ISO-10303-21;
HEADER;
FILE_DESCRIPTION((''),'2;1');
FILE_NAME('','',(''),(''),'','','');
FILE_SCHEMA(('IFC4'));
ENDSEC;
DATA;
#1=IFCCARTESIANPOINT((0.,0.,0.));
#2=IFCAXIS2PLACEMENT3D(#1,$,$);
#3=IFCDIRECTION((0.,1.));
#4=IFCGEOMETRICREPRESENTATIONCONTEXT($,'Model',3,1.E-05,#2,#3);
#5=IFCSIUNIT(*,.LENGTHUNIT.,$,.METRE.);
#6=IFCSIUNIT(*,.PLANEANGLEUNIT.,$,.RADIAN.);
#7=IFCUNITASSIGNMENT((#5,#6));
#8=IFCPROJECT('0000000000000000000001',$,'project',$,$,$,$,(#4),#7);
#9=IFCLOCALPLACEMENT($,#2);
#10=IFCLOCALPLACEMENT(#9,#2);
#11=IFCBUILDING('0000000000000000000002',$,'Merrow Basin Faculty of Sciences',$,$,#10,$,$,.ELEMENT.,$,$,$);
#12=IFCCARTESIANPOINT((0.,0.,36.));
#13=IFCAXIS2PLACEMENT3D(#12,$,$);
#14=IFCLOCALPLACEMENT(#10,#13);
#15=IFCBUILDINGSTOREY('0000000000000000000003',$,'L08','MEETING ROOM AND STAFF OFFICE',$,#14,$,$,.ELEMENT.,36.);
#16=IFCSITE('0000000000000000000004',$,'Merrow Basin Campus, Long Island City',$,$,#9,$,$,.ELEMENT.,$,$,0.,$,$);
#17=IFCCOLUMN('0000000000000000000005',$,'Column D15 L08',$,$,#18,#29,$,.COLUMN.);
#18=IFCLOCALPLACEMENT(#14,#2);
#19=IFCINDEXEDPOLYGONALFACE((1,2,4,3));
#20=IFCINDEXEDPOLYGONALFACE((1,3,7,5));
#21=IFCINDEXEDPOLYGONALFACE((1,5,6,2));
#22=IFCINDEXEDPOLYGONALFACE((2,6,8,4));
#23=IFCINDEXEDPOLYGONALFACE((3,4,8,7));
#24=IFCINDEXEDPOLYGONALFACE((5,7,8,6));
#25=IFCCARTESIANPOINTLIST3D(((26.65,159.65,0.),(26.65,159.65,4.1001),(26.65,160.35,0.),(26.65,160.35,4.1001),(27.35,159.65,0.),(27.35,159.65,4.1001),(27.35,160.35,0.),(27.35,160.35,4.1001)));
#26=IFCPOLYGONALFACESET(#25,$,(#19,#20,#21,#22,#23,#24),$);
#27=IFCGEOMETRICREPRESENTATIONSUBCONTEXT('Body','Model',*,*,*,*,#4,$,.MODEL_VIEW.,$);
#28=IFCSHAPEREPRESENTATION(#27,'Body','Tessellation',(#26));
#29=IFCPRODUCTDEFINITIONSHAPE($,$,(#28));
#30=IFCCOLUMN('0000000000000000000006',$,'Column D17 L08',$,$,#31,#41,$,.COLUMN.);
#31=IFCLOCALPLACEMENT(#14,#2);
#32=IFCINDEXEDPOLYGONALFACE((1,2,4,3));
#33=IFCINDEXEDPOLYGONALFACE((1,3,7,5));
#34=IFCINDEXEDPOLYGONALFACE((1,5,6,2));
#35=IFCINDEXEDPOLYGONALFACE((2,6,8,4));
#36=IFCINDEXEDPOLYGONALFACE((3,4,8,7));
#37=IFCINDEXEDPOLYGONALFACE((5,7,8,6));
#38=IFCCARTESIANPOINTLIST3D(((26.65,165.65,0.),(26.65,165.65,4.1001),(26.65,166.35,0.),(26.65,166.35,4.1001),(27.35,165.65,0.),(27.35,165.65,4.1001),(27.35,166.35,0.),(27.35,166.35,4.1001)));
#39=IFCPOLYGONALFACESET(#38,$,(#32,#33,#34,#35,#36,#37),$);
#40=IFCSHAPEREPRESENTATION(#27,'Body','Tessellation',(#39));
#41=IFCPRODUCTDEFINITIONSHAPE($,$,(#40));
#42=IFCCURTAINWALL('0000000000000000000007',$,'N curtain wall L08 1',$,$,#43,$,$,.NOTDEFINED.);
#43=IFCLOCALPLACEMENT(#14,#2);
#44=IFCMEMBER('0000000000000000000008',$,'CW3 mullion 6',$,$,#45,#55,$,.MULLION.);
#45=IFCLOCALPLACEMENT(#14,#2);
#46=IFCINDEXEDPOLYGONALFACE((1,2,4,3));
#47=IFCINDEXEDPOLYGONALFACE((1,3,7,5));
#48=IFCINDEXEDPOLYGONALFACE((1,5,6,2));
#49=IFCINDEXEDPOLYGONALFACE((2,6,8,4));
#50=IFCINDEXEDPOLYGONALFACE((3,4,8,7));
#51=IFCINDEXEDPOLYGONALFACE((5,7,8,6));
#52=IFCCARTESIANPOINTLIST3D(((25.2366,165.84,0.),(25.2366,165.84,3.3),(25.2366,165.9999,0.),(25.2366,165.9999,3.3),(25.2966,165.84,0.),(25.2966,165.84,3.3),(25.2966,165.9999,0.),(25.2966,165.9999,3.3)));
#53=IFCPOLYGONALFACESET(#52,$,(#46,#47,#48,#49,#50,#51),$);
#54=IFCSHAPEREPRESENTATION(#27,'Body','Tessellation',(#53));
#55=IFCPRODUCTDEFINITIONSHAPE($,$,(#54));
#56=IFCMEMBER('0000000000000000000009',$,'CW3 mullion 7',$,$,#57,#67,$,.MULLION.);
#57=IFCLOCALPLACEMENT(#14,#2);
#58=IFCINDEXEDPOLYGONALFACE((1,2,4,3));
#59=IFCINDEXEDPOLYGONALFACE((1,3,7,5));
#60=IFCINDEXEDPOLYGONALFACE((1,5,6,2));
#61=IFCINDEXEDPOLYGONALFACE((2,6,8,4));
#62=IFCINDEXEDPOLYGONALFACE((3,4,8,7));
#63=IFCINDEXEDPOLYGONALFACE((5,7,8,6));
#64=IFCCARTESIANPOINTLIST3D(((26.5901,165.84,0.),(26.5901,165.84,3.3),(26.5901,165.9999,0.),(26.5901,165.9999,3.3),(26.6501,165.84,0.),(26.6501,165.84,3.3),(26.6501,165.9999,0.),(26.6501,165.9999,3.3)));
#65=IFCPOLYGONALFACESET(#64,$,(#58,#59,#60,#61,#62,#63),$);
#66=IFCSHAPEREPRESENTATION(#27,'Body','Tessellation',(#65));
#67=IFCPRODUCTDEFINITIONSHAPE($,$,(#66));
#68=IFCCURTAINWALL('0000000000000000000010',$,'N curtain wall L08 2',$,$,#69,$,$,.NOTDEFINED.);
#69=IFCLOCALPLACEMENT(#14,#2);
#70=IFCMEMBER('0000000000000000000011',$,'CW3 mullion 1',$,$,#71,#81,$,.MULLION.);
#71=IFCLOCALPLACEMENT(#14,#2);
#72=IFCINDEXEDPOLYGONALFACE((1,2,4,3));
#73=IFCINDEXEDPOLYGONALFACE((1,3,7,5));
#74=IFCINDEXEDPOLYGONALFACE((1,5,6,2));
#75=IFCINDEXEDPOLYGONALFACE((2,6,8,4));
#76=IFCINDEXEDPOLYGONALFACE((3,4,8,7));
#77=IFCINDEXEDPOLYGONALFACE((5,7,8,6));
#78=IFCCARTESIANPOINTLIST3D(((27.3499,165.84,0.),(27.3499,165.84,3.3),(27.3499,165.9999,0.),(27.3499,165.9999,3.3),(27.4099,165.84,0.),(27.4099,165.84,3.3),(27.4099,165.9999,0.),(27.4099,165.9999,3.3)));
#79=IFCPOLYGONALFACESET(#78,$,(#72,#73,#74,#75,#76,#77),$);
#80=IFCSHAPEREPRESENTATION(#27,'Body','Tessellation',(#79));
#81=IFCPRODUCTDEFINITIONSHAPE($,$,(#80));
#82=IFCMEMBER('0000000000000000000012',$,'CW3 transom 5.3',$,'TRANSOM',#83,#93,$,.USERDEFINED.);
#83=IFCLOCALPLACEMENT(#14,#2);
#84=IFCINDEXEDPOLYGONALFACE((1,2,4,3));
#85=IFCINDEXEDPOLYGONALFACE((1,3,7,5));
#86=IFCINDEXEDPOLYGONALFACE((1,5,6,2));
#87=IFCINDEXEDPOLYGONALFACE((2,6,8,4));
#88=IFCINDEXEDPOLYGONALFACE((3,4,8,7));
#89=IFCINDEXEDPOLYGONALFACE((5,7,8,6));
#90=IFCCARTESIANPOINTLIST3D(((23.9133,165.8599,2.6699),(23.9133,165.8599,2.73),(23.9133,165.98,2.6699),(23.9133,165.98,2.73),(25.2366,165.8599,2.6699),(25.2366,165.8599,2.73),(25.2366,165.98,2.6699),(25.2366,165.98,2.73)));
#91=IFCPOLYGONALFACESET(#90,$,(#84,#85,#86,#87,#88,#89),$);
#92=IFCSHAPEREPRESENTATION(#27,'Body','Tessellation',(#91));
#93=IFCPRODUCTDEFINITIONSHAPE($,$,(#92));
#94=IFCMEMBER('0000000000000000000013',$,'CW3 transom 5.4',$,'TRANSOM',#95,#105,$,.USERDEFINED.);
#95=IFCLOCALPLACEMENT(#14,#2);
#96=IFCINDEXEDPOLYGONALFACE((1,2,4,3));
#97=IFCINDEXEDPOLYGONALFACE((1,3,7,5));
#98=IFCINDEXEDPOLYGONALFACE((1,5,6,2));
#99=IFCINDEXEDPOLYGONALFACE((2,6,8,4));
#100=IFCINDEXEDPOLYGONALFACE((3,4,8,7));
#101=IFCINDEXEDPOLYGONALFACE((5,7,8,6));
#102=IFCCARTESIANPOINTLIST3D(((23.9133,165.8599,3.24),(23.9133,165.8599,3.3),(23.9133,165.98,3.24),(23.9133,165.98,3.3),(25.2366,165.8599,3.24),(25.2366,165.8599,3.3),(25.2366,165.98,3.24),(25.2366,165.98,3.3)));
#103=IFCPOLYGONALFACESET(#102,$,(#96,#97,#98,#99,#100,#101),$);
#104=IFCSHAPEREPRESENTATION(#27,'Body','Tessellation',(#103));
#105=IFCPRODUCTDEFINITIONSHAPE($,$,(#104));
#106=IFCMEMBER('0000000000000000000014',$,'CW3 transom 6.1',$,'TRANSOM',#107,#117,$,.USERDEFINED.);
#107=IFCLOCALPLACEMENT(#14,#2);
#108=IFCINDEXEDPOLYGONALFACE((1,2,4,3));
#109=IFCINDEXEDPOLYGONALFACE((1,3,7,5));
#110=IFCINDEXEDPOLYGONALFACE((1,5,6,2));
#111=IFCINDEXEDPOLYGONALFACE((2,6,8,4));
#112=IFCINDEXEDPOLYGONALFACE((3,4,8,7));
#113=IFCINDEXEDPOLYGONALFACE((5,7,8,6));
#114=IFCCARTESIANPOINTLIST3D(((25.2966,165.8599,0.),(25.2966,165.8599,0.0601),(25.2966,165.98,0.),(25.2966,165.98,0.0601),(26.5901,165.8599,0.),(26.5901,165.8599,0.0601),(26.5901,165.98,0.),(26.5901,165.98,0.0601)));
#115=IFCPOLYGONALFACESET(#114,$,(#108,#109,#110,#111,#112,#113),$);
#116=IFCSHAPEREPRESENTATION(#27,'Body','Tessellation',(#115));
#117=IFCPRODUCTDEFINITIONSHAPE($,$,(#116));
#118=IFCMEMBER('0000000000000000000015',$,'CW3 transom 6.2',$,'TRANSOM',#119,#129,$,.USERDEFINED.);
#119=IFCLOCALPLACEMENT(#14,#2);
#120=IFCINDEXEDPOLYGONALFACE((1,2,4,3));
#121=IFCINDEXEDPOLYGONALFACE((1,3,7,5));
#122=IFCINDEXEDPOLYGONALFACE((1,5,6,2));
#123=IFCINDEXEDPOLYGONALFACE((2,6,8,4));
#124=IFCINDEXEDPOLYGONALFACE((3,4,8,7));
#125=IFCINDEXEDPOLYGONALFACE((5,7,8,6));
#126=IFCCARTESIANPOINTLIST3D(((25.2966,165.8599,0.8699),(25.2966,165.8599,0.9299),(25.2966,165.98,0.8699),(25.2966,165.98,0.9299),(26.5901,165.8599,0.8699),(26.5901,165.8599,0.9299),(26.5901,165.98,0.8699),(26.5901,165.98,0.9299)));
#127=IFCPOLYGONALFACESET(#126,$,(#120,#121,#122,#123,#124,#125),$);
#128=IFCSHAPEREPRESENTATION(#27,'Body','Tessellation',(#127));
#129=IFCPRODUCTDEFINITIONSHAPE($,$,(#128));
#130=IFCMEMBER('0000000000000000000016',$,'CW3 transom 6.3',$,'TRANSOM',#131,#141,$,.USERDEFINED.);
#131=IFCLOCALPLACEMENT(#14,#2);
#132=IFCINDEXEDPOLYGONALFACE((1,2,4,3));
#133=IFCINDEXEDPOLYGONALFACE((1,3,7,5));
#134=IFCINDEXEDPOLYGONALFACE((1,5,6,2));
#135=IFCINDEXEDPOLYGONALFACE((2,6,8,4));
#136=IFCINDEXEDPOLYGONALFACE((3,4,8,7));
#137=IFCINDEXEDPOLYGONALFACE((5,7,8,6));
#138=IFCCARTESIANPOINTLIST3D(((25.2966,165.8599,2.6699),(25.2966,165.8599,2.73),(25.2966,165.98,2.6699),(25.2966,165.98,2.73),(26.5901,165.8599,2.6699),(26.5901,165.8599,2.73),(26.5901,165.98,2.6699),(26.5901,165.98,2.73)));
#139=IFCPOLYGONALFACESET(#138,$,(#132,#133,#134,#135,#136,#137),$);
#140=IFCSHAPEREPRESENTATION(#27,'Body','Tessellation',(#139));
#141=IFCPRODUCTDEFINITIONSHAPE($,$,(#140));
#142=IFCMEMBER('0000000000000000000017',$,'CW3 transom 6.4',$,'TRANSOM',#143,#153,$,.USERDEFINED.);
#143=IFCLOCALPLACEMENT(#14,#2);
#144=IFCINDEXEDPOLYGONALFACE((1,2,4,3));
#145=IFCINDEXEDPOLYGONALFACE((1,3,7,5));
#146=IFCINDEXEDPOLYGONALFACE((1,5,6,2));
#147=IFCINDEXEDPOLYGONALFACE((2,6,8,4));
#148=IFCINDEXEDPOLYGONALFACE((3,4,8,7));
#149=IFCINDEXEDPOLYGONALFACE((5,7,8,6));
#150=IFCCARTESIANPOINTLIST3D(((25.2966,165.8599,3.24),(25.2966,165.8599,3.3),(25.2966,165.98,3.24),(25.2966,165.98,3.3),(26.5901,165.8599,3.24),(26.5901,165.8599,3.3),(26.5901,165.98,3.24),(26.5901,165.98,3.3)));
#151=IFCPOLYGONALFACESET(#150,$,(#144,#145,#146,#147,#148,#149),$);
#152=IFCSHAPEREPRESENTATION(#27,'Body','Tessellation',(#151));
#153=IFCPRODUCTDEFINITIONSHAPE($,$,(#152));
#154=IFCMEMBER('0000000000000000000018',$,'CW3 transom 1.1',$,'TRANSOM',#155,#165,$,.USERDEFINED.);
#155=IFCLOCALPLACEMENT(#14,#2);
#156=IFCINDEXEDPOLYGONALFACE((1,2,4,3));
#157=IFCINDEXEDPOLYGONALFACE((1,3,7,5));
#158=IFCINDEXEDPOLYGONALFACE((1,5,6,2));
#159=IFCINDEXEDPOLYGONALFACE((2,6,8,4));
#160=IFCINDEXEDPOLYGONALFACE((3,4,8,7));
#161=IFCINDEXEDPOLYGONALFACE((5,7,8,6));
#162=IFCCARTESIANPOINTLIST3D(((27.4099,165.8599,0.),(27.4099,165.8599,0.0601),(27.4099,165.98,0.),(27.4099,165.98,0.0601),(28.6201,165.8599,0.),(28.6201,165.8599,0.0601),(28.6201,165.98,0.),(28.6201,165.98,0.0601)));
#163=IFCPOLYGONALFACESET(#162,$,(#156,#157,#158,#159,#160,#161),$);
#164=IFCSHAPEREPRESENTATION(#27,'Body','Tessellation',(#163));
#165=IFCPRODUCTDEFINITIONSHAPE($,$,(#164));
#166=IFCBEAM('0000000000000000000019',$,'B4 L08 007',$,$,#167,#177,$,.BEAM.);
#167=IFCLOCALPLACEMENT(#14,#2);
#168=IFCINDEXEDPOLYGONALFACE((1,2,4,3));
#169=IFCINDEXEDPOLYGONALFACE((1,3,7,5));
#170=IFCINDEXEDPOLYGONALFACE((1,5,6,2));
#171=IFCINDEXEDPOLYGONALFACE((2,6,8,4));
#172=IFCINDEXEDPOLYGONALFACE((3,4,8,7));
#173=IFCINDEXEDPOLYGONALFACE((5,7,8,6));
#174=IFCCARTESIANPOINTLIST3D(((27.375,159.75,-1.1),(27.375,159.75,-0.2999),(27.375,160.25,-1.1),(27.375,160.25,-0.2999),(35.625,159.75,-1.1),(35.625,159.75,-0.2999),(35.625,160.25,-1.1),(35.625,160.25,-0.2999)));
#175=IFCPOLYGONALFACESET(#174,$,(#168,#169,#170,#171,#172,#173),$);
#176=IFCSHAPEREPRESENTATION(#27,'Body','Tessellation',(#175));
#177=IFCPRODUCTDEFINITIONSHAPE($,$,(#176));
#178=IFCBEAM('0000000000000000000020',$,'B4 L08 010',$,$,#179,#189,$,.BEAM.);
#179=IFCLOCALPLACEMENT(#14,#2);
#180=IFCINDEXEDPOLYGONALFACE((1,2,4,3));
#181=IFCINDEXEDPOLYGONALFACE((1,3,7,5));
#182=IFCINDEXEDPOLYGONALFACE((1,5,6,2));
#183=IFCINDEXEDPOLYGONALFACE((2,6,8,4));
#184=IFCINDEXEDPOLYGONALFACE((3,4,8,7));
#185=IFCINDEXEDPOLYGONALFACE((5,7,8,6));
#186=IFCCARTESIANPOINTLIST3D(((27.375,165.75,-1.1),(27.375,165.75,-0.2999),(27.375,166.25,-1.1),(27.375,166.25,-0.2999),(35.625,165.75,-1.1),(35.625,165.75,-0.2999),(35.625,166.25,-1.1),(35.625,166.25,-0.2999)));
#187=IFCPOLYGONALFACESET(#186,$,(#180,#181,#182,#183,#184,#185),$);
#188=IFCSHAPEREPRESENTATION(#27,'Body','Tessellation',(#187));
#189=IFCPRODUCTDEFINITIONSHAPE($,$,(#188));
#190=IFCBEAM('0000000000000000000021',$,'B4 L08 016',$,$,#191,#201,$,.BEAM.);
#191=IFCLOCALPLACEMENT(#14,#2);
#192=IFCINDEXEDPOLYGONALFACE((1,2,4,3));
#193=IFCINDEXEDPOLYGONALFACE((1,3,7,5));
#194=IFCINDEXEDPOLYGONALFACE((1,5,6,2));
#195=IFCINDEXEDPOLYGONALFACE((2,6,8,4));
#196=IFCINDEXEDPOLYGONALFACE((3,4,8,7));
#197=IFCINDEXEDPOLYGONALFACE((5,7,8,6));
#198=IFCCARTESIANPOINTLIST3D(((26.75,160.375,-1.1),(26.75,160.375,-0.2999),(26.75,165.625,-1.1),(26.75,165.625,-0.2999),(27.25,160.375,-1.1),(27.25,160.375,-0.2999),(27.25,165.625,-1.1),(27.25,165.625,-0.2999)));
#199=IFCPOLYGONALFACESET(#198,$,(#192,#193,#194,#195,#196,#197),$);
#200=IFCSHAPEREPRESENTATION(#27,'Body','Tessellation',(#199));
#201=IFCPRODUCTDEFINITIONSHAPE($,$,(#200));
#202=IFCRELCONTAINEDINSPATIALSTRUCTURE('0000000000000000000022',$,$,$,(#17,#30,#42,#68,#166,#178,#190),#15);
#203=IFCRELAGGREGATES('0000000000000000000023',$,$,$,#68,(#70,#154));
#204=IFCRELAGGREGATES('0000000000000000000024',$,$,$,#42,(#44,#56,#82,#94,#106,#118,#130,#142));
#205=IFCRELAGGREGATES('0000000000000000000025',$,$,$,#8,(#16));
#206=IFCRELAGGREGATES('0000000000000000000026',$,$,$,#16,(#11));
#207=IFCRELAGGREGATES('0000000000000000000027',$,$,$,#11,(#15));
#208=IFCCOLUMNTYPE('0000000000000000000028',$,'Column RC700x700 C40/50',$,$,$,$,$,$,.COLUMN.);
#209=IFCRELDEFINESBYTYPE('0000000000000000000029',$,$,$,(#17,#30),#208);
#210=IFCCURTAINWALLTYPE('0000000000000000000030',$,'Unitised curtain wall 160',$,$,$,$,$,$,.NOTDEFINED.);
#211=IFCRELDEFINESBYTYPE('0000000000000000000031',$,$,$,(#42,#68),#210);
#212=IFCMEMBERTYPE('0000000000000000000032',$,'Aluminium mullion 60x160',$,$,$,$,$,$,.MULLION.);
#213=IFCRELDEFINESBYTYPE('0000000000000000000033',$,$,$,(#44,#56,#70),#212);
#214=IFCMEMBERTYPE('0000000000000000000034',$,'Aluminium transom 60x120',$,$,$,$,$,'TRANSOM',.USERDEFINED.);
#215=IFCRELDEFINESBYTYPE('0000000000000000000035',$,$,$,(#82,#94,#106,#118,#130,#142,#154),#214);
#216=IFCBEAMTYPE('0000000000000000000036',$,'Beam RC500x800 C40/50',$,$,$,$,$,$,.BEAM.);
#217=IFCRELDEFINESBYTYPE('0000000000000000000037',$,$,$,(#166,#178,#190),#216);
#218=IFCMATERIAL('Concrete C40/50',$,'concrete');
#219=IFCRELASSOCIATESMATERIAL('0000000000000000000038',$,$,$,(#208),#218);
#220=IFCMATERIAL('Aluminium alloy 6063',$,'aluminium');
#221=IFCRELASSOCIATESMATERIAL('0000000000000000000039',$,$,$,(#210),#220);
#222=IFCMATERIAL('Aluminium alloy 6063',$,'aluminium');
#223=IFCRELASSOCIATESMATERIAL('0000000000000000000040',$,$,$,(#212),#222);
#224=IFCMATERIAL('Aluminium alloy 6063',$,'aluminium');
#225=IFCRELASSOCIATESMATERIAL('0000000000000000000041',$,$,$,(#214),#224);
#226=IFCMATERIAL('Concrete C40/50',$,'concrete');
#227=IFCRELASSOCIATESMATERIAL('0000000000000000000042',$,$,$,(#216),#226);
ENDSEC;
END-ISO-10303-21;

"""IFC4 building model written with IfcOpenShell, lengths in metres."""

from ifc_helpers import new_model, si_unit, direction, frame, origin, origin_2d, place, context, subcontext, project, spatial, rectangle, extrude, material, material_profile, profile_set, type_object, element, aggregate, save


model = new_model("IFC4")

# Units and contexts
model_context = context("Model", 3, precision=1e-05, world=origin(), true_north=direction((0.0, 1.0)))
body_context = subcontext(model_context, "Body", "Model", "MODEL_VIEW")
ifc_project = project(units=[si_unit("LENGTHUNIT", "METRE"), si_unit("PLANEANGLEUNIT", "RADIAN")], contexts=[model_context])

# Site, building, storey
site_placement = place(None, origin())
site = spatial("IfcSite", under=ifc_project, at=site_placement, Name="Merrow Basin Campus, Long Island City", CompositionType="ELEMENT", RefElevation=0.0)
building_placement = place(site_placement, origin())
building = spatial("IfcBuilding", under=site, at=building_placement, Name="Merrow Basin Faculty of Sciences", CompositionType="ELEMENT")
storey_placement = place(building_placement, frame((0.0, 0.0, 36.0)))
storey = spatial("IfcBuildingStorey", under=building, at=storey_placement, Name="L08", Description="MEETING ROOM AND STAFF OFFICE", CompositionType="ELEMENT", Elevation=36.0)

# Columns
ifc_material_1 = material(Name="Concrete C40/50", Category="concrete")
ifc_material_profile_1 = material_profile(ifc_material_1, rectangle(XDim=0.7, YDim=0.7, at=origin_2d()))
ifc_profile_set_1 = profile_set([ifc_material_profile_1], Name="Concrete C40/50")
column_type = type_object("IfcColumnType", Name="Column RC700x700 C40/50", PredefinedType="COLUMN", material=ifc_profile_set_1)
for number, where, z_axis, x_axis, name in (
    (1, (27.0, 160.0, 0.0), (0.0, 0.0, 1.0), (1.0, 0.0, 0.0), "Column D15 L08"),
    (2, (27.0, 166.0, 0.0), (0.0, 0.0, 1.0), (1.0, 0.0, 0.0), "Column D17 L08"),
):
    element("IfcColumn", number, at=place(storey_placement, frame(where, z_axis=z_axis, x_axis=x_axis)), inside=storey, type_object=column_type, Name=name, PredefinedType="COLUMN", context=body_context, shape_type="SweptSolid", body=[
        extrude(rectangle(XDim=0.7, YDim=0.7, at=origin_2d()), origin(), (0.0, 0.0, 1.0), 4.1001),
    ])

# Curtain wall, members
ifc_material_2 = material(Name="Aluminium alloy 6063", Category="aluminium")
curtain_wall_type = type_object("IfcCurtainWallType", Name="Unitised curtain wall 160", PredefinedType="NOTDEFINED", material=ifc_material_2)
curtain_wall_1_placement = place(storey_placement, origin())
curtain_wall_1 = element("IfcCurtainWall", 3, at=curtain_wall_1_placement, inside=storey, type_object=curtain_wall_type, Name="N curtain wall L08 1", PredefinedType="NOTDEFINED")
ifc_material_3 = material(Name="Aluminium alloy 6063", Category="aluminium")
ifc_material_profile_2 = material_profile(ifc_material_3, rectangle(XDim=0.1599, YDim=0.0601, at=origin_2d()))
ifc_profile_set_2 = profile_set([ifc_material_profile_2], Name="Aluminium alloy 6063")
member_type_1 = type_object("IfcMemberType", Name="Aluminium mullion 60x160", PredefinedType="MULLION", material=ifc_profile_set_2)
member_1_placement = place(storey_placement, frame((25.2666, 165.9199, 0.0), z_axis=(0.0, 0.0, 1.0), x_axis=(0.0, 1.0, 0.0)))
member_1 = element("IfcMember", 4, at=member_1_placement, type_object=member_type_1, Name="CW3 mullion 6", PredefinedType="MULLION", context=body_context, shape_type="SweptSolid", body=[
    extrude(rectangle(XDim=0.1599, YDim=0.0601, at=origin_2d()), origin(), (0.0, 0.0, 1.0), 3.3),
])
member_2_placement = place(storey_placement, frame((26.6201, 165.9199, 0.0), z_axis=(0.0, 0.0, 1.0), x_axis=(0.0, 1.0, 0.0)))
member_2 = element("IfcMember", 5, at=member_2_placement, type_object=member_type_1, Name="CW3 mullion 7", PredefinedType="MULLION", context=body_context, shape_type="SweptSolid", body=[
    extrude(rectangle(XDim=0.1599, YDim=0.0601, at=origin_2d()), origin(), (0.0, 0.0, 1.0), 3.3),
])

# Curtain wall, member
curtain_wall_2_placement = place(storey_placement, origin())
curtain_wall_2 = element("IfcCurtainWall", 6, at=curtain_wall_2_placement, inside=storey, type_object=curtain_wall_type, Name="N curtain wall L08 2", PredefinedType="NOTDEFINED")
member_3_placement = place(storey_placement, frame((27.3799, 165.9199, 0.0), z_axis=(0.0, 0.0, 1.0), x_axis=(0.0, 1.0, 0.0)))
member_3 = element("IfcMember", 7, at=member_3_placement, type_object=member_type_1, Name="CW3 mullion 1", PredefinedType="MULLION", context=body_context, shape_type="SweptSolid", body=[
    extrude(rectangle(XDim=0.1599, YDim=0.0601, at=origin_2d()), origin(), (0.0, 0.0, 1.0), 3.3),
])

# Members
ifc_material_4 = material(Name="Aluminium alloy 6063", Category="aluminium")
ifc_material_profile_3 = material_profile(ifc_material_4, rectangle(XDim=0.1201, YDim=0.0601, at=origin_2d()))
ifc_profile_set_3 = profile_set([ifc_material_profile_3], Name="Aluminium alloy 6063")
member_type_2 = type_object("IfcMemberType", Name="Aluminium transom 60x120", ElementType="TRANSOM", PredefinedType="USERDEFINED", material=ifc_profile_set_3)
member_4_placement = place(storey_placement, frame((23.9133, 165.9199, 2.7), z_axis=(1.0, 0.0, 0.0), x_axis=(0.0, 1.0, 0.0)))
member_4 = element("IfcMember", 8, at=member_4_placement, type_object=member_type_2, Name="CW3 transom 5.3", ObjectType="TRANSOM", PredefinedType="USERDEFINED", context=body_context, shape_type="SweptSolid", body=[
    extrude(rectangle(XDim=0.1201, YDim=0.0601, at=origin_2d()), origin(), (0.0, 0.0, 1.0), 1.3232),
])
member_5_placement = place(storey_placement, frame((23.9133, 165.9199, 3.27), z_axis=(1.0, 0.0, 0.0), x_axis=(0.0, 1.0, 0.0)))
member_5 = element("IfcMember", 9, at=member_5_placement, type_object=member_type_2, Name="CW3 transom 5.4", ObjectType="TRANSOM", PredefinedType="USERDEFINED", context=body_context, shape_type="SweptSolid", body=[
    extrude(rectangle(XDim=0.1201, YDim=0.0601, at=origin_2d()), origin(), (0.0, 0.0, 1.0), 1.3232),
])
member_6_placement = place(storey_placement, frame((25.2966, 165.9199, 0.03), z_axis=(1.0, 0.0, 0.0), x_axis=(0.0, 1.0, 0.0)))
member_6 = element("IfcMember", 10, at=member_6_placement, type_object=member_type_2, Name="CW3 transom 6.1", ObjectType="TRANSOM", PredefinedType="USERDEFINED", context=body_context, shape_type="SweptSolid", body=[
    extrude(rectangle(XDim=0.1201, YDim=0.0601, at=origin_2d()), origin(), (0.0, 0.0, 1.0), 1.2935),
])
member_7_placement = place(storey_placement, frame((25.2966, 165.9199, 0.8999), z_axis=(1.0, 0.0, 0.0), x_axis=(0.0, 1.0, 0.0)))
member_7 = element("IfcMember", 11, at=member_7_placement, type_object=member_type_2, Name="CW3 transom 6.2", ObjectType="TRANSOM", PredefinedType="USERDEFINED", context=body_context, shape_type="SweptSolid", body=[
    extrude(rectangle(XDim=0.1201, YDim=0.0601, at=origin_2d()), origin(), (0.0, 0.0, 1.0), 1.2935),
])
member_8_placement = place(storey_placement, frame((25.2966, 165.9199, 2.7), z_axis=(1.0, 0.0, 0.0), x_axis=(0.0, 1.0, 0.0)))
member_8 = element("IfcMember", 12, at=member_8_placement, type_object=member_type_2, Name="CW3 transom 6.3", ObjectType="TRANSOM", PredefinedType="USERDEFINED", context=body_context, shape_type="SweptSolid", body=[
    extrude(rectangle(XDim=0.1201, YDim=0.0601, at=origin_2d()), origin(), (0.0, 0.0, 1.0), 1.2935),
])
member_9_placement = place(storey_placement, frame((25.2966, 165.9199, 3.27), z_axis=(1.0, 0.0, 0.0), x_axis=(0.0, 1.0, 0.0)))
member_9 = element("IfcMember", 13, at=member_9_placement, type_object=member_type_2, Name="CW3 transom 6.4", ObjectType="TRANSOM", PredefinedType="USERDEFINED", context=body_context, shape_type="SweptSolid", body=[
    extrude(rectangle(XDim=0.1201, YDim=0.0601, at=origin_2d()), origin(), (0.0, 0.0, 1.0), 1.2935),
])
member_10_placement = place(storey_placement, frame((27.4099, 165.9199, 0.03), z_axis=(1.0, 0.0, 0.0), x_axis=(0.0, 1.0, 0.0)))
member_10 = element("IfcMember", 14, at=member_10_placement, type_object=member_type_2, Name="CW3 transom 1.1", ObjectType="TRANSOM", PredefinedType="USERDEFINED", context=body_context, shape_type="SweptSolid", body=[
    extrude(rectangle(XDim=0.1201, YDim=0.0601, at=origin_2d()), origin(), (0.0, 0.0, 1.0), 1.2102),
])
aggregate(curtain_wall_2, [member_3, member_10])

# Beams
ifc_material_5 = material(Name="Concrete C40/50", Category="concrete")
ifc_material_profile_4 = material_profile(ifc_material_5, rectangle(XDim=0.5, YDim=0.8, at=origin_2d()))
ifc_profile_set_4 = profile_set([ifc_material_profile_4], Name="Concrete C40/50")
beam_type = type_object("IfcBeamType", Name="Beam RC500x800 C40/50", PredefinedType="BEAM", material=ifc_profile_set_4)
for number, where, z_axis, x_axis, name in (
    (15, (27.375, 160.0, -0.7), (1.0, 0.0, 0.0), (0.0, 1.0, 0.0), "B4 L08 007"),
    (16, (27.375, 166.0, -0.7), (1.0, 0.0, 0.0), (0.0, 1.0, 0.0), "B4 L08 010"),
):
    element("IfcBeam", number, at=place(storey_placement, frame(where, z_axis=z_axis, x_axis=x_axis)), inside=storey, type_object=beam_type, Name=name, PredefinedType="BEAM", context=body_context, shape_type="SweptSolid", body=[
        extrude(rectangle(XDim=0.5, YDim=0.8, at=origin_2d()), origin(), (0.0, 0.0, 1.0), 8.25),
    ])
beam_placement = place(storey_placement, frame((27.0, 160.375, -0.7), z_axis=(0.0, 1.0, 0.0), x_axis=(-1.0, 0.0, 0.0)))
element("IfcBeam", 17, at=beam_placement, inside=storey, type_object=beam_type, Name="B4 L08 016", PredefinedType="BEAM", context=body_context, shape_type="SweptSolid", body=[
    extrude(rectangle(XDim=0.5, YDim=0.8, at=origin_2d()), origin(), (0.0, 0.0, 1.0), 5.25),
])

aggregate(curtain_wall_1, [member_1, member_2, member_4, member_5, member_6, member_7, member_8, member_9])

save(model, "model.ifc")
